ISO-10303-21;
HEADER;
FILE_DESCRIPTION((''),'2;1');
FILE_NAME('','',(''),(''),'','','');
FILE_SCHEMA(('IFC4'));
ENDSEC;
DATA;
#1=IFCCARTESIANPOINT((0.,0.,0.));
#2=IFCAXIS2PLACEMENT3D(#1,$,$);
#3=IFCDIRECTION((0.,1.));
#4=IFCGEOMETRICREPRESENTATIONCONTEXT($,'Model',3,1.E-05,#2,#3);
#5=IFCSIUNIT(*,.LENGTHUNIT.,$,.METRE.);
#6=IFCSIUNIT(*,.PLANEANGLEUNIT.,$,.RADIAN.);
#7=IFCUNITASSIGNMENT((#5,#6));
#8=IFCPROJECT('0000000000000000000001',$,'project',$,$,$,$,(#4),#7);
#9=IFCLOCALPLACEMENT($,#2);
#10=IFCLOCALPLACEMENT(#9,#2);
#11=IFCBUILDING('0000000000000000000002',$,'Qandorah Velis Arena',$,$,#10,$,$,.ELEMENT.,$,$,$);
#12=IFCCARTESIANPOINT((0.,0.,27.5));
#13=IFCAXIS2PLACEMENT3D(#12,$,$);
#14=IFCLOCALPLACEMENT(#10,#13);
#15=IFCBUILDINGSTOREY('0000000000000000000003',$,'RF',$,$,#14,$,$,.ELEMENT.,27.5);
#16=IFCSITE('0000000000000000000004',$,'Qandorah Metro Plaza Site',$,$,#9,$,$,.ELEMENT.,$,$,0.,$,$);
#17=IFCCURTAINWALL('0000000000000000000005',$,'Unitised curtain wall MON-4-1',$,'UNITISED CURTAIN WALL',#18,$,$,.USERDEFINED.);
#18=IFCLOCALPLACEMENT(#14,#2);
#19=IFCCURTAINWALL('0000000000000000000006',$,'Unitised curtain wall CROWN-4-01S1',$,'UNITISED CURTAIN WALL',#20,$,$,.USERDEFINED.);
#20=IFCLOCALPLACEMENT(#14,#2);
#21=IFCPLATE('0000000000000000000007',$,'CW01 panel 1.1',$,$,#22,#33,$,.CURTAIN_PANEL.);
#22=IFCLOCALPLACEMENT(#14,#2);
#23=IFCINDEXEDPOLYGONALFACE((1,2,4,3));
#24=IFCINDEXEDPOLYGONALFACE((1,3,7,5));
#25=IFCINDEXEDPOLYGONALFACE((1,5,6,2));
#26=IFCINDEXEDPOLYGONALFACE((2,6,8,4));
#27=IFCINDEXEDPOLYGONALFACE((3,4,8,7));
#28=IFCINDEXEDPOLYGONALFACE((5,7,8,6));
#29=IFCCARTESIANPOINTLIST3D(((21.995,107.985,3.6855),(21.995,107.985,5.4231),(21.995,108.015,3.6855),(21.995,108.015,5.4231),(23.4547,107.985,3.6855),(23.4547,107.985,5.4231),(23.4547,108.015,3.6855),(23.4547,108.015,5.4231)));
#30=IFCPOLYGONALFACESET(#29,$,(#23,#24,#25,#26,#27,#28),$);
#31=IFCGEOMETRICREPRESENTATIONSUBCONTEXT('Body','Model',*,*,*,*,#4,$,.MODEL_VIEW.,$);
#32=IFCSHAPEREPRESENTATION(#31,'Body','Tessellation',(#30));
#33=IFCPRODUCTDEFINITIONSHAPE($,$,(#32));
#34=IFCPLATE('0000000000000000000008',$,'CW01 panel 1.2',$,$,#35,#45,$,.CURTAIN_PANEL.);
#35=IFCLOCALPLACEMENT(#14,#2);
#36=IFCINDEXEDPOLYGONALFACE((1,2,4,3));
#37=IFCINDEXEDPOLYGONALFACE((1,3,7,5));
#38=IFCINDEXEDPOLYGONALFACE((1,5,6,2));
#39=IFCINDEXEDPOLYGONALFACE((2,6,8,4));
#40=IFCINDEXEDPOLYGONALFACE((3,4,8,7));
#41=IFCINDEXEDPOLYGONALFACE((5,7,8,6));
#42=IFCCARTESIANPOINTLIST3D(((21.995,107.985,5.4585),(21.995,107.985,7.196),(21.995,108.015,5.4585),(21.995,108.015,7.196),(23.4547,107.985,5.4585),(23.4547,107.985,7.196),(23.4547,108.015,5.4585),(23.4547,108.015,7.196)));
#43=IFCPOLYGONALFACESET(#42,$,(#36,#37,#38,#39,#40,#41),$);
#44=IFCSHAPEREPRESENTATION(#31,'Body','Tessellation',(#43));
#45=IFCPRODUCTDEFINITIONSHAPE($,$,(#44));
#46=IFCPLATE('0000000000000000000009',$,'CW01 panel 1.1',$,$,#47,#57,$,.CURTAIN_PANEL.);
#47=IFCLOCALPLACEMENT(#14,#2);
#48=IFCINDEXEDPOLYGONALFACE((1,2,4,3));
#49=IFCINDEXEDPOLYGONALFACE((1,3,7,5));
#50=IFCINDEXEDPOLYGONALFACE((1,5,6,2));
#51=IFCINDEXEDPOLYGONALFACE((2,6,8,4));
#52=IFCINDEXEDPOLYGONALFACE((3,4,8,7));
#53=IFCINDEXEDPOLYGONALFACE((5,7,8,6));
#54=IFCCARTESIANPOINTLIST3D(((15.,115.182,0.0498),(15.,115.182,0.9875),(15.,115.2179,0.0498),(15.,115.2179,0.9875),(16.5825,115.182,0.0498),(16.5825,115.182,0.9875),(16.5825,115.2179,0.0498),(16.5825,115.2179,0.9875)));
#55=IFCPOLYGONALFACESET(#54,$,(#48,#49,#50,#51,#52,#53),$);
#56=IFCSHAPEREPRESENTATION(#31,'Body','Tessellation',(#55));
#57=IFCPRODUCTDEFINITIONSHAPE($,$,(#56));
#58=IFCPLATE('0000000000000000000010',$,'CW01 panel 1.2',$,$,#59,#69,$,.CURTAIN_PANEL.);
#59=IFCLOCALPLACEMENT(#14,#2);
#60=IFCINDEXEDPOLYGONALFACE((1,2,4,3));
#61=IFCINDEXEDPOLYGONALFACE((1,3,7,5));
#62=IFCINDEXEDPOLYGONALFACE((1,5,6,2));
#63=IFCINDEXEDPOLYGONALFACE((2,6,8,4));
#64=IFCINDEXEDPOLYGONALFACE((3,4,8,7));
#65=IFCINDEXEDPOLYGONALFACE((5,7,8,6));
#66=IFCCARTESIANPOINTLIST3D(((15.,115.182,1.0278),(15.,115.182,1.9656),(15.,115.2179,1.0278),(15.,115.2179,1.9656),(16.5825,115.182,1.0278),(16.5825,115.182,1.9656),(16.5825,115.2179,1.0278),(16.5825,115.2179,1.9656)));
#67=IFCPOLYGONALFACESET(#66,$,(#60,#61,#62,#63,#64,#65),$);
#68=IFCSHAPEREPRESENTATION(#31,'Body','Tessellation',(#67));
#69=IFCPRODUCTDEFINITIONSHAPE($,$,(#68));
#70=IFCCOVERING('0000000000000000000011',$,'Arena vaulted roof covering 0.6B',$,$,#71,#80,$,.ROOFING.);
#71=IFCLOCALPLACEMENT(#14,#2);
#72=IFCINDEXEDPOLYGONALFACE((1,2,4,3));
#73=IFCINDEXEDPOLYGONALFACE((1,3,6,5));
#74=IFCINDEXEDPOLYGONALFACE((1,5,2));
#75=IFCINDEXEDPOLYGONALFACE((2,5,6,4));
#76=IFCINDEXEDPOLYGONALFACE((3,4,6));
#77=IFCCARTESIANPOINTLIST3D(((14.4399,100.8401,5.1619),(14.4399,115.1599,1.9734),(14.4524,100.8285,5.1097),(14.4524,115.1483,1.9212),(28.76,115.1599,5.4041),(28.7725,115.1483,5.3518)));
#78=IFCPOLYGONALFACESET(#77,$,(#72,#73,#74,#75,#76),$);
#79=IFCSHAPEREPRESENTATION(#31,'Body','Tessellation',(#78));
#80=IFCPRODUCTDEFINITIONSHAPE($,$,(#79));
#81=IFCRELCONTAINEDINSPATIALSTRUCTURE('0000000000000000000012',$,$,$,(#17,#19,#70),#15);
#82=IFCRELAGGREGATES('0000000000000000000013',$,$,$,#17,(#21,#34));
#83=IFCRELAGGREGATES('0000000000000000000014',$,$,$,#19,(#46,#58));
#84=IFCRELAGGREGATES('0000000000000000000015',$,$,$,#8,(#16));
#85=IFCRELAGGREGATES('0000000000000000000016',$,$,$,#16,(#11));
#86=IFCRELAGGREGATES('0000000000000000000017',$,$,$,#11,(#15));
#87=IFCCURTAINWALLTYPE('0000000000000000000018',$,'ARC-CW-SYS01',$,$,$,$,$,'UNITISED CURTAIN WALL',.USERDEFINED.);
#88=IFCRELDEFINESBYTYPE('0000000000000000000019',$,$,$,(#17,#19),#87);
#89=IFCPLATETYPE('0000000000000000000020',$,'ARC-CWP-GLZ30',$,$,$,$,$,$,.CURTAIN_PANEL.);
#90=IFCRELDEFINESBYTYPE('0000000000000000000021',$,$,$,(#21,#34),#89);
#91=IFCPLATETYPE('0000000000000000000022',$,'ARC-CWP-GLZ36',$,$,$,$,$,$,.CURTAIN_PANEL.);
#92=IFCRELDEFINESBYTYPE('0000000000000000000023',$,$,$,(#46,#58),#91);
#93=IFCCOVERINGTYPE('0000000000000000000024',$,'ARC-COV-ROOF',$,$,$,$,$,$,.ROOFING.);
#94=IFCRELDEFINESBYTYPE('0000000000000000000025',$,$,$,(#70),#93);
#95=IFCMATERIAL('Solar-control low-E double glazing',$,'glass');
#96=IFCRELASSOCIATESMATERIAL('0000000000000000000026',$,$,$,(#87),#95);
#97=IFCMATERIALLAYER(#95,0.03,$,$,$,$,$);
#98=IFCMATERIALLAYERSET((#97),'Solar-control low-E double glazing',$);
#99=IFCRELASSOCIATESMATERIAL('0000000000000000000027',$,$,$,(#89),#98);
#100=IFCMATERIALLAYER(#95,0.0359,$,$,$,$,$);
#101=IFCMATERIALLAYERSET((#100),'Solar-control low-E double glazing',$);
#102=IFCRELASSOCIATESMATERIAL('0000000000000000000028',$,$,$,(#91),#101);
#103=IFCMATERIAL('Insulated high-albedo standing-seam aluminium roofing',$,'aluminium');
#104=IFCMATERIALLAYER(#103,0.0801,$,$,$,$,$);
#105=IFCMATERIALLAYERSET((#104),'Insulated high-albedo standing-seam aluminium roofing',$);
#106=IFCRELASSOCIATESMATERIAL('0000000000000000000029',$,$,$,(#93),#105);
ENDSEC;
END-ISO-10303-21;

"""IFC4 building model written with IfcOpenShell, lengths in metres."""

from ifc_helpers import new_model, si_unit, direction, frame, origin, origin_2d, place, context, subcontext, project, spatial, polyline, rectangle, outline, extrude, material, layer, layer_set, type_object, element, aggregate, save


model = new_model("IFC4")

# Units and contexts
model_context = context("Model", 3, precision=1e-05, world=origin(), true_north=direction((0.0, 1.0)))
body_context = subcontext(model_context, "Body", "Model", "MODEL_VIEW")
ifc_project = project(units=[si_unit("LENGTHUNIT", "METRE"), si_unit("PLANEANGLEUNIT", "RADIAN")], contexts=[model_context])

# Site, building, storey
site_placement = place(None, origin())
site = spatial("IfcSite", under=ifc_project, at=site_placement, Name="Qandorah Metro Plaza Site", CompositionType="ELEMENT", RefElevation=0.0)
building_placement = place(site_placement, origin())
building = spatial("IfcBuilding", under=site, at=building_placement, Name="Qandorah Velis Arena", CompositionType="ELEMENT")
storey_placement = place(building_placement, frame((0.0, 0.0, 27.5)))
storey = spatial("IfcBuildingStorey", under=building, at=storey_placement, Name="RF", CompositionType="ELEMENT", Elevation=27.5)

# Curtain wall
ifc_material_1 = material(Name="Solar-control low-E double glazing", Category="glass")
curtain_wall_type_1 = type_object("IfcCurtainWallType", Name="ARC-CW-SYS01", ElementType="UNITISED CURTAIN WALL", PredefinedType="USERDEFINED", material=ifc_material_1)
curtain_wall_1_placement = place(storey_placement, origin())
curtain_wall_1 = element("IfcCurtainWall", 1, at=curtain_wall_1_placement, inside=storey, type_object=curtain_wall_type_1, Name="Unitised curtain wall MON-4-1", ObjectType="UNITISED CURTAIN WALL", PredefinedType="USERDEFINED")

# Curtain wall
curtain_wall_2_placement = place(storey_placement, origin())
curtain_wall_2 = element("IfcCurtainWall", 2, at=curtain_wall_2_placement, inside=storey, type_object=curtain_wall_type_1, Name="Unitised curtain wall CROWN-4-01S1", ObjectType="UNITISED CURTAIN WALL", PredefinedType="USERDEFINED")

# Plates
ifc_layer_1 = layer(ifc_material_1, 0.03)
ifc_layer_set_1 = layer_set([ifc_layer_1], Name="Solar-control low-E double glazing")
plate_type_1 = type_object("IfcPlateType", Name="ARC-CWP-GLZ30", PredefinedType="CURTAIN_PANEL", material=ifc_layer_set_1)
plate_1_placement = place(storey_placement, frame((22.7249, 108.0, 3.6855), z_axis=(0.0, 0.0, 1.0), x_axis=(1.0, 0.0, 0.0)))
plate_1 = element("IfcPlate", 3, at=plate_1_placement, type_object=plate_type_1, Name="CW01 panel 1.1", PredefinedType="CURTAIN_PANEL", context=body_context, shape_type="SweptSolid", body=[
    extrude(rectangle(XDim=1.4597, YDim=0.03, at=origin_2d()), origin(), (0.0, 0.0, 1.0), 1.7375),
])
plate_2_placement = place(storey_placement, frame((22.7249, 108.0, 5.4585), z_axis=(0.0, 0.0, 1.0), x_axis=(1.0, 0.0, 0.0)))
plate_2 = element("IfcPlate", 4, at=plate_2_placement, type_object=plate_type_1, Name="CW01 panel 1.2", PredefinedType="CURTAIN_PANEL", context=body_context, shape_type="SweptSolid", body=[
    extrude(rectangle(XDim=1.4597, YDim=0.03, at=origin_2d()), origin(), (0.0, 0.0, 1.0), 1.7375),
])
aggregate(curtain_wall_1, [plate_1, plate_2])
ifc_layer_2 = layer(ifc_material_1, 0.0359)
ifc_layer_set_2 = layer_set([ifc_layer_2], Name="Solar-control low-E double glazing")
plate_type_2 = type_object("IfcPlateType", Name="ARC-CWP-GLZ36", PredefinedType="CURTAIN_PANEL", material=ifc_layer_set_2)
plate_3_placement = place(storey_placement, frame((15.7913, 115.2, 0.0498), z_axis=(0.0, 0.0, 1.0), x_axis=(1.0, 0.0, 0.0)))
plate_3 = element("IfcPlate", 5, at=plate_3_placement, type_object=plate_type_2, Name="CW01 panel 1.1", PredefinedType="CURTAIN_PANEL", context=body_context, shape_type="SweptSolid", body=[
    extrude(rectangle(XDim=1.5825, YDim=0.0359, at=origin_2d()), origin(), (0.0, 0.0, 1.0), 0.9377),
])
plate_4_placement = place(storey_placement, frame((15.7913, 115.2, 1.0278), z_axis=(0.0, 0.0, 1.0), x_axis=(1.0, 0.0, 0.0)))
plate_4 = element("IfcPlate", 6, at=plate_4_placement, type_object=plate_type_2, Name="CW01 panel 1.2", PredefinedType="CURTAIN_PANEL", context=body_context, shape_type="SweptSolid", body=[
    extrude(rectangle(XDim=1.5825, YDim=0.0359, at=origin_2d()), origin(), (0.0, 0.0, 1.0), 0.9377),
])
aggregate(curtain_wall_2, [plate_3, plate_4])

# Covering
ifc_material_2 = material(Name="Insulated high-albedo standing-seam aluminium roofing", Category="aluminium")
ifc_layer_3 = layer(ifc_material_2, 0.0801)
ifc_layer_set_3 = layer_set([ifc_layer_3], Name="Insulated high-albedo standing-seam aluminium roofing")
covering_type = type_object("IfcCoveringType", Name="ARC-COV-ROOF", PredefinedType="ROOFING", material=ifc_layer_set_3)
covering_placement = place(storey_placement, frame((14.4399, 100.8401, 5.1619), z_axis=(-0.227701, 0.21163, 0.950455), x_axis=(0.707062, 0.70705, 0.011958)))
element("IfcCovering", 7, at=covering_placement, inside=storey, type_object=covering_type, Name="Arena vaulted roof covering 0.6B", PredefinedType="ROOFING", context=body_context, shape_type="SweptSolid", body=[
    extrude(outline(polyline([(0.0, 0.0), (20.2529, 0.0), (10.0867, 10.6528), (0.0, 0.0)])), origin(), (0.0, 0.0, -1.0), 0.0549),
])

save(model, "model.ifc")
